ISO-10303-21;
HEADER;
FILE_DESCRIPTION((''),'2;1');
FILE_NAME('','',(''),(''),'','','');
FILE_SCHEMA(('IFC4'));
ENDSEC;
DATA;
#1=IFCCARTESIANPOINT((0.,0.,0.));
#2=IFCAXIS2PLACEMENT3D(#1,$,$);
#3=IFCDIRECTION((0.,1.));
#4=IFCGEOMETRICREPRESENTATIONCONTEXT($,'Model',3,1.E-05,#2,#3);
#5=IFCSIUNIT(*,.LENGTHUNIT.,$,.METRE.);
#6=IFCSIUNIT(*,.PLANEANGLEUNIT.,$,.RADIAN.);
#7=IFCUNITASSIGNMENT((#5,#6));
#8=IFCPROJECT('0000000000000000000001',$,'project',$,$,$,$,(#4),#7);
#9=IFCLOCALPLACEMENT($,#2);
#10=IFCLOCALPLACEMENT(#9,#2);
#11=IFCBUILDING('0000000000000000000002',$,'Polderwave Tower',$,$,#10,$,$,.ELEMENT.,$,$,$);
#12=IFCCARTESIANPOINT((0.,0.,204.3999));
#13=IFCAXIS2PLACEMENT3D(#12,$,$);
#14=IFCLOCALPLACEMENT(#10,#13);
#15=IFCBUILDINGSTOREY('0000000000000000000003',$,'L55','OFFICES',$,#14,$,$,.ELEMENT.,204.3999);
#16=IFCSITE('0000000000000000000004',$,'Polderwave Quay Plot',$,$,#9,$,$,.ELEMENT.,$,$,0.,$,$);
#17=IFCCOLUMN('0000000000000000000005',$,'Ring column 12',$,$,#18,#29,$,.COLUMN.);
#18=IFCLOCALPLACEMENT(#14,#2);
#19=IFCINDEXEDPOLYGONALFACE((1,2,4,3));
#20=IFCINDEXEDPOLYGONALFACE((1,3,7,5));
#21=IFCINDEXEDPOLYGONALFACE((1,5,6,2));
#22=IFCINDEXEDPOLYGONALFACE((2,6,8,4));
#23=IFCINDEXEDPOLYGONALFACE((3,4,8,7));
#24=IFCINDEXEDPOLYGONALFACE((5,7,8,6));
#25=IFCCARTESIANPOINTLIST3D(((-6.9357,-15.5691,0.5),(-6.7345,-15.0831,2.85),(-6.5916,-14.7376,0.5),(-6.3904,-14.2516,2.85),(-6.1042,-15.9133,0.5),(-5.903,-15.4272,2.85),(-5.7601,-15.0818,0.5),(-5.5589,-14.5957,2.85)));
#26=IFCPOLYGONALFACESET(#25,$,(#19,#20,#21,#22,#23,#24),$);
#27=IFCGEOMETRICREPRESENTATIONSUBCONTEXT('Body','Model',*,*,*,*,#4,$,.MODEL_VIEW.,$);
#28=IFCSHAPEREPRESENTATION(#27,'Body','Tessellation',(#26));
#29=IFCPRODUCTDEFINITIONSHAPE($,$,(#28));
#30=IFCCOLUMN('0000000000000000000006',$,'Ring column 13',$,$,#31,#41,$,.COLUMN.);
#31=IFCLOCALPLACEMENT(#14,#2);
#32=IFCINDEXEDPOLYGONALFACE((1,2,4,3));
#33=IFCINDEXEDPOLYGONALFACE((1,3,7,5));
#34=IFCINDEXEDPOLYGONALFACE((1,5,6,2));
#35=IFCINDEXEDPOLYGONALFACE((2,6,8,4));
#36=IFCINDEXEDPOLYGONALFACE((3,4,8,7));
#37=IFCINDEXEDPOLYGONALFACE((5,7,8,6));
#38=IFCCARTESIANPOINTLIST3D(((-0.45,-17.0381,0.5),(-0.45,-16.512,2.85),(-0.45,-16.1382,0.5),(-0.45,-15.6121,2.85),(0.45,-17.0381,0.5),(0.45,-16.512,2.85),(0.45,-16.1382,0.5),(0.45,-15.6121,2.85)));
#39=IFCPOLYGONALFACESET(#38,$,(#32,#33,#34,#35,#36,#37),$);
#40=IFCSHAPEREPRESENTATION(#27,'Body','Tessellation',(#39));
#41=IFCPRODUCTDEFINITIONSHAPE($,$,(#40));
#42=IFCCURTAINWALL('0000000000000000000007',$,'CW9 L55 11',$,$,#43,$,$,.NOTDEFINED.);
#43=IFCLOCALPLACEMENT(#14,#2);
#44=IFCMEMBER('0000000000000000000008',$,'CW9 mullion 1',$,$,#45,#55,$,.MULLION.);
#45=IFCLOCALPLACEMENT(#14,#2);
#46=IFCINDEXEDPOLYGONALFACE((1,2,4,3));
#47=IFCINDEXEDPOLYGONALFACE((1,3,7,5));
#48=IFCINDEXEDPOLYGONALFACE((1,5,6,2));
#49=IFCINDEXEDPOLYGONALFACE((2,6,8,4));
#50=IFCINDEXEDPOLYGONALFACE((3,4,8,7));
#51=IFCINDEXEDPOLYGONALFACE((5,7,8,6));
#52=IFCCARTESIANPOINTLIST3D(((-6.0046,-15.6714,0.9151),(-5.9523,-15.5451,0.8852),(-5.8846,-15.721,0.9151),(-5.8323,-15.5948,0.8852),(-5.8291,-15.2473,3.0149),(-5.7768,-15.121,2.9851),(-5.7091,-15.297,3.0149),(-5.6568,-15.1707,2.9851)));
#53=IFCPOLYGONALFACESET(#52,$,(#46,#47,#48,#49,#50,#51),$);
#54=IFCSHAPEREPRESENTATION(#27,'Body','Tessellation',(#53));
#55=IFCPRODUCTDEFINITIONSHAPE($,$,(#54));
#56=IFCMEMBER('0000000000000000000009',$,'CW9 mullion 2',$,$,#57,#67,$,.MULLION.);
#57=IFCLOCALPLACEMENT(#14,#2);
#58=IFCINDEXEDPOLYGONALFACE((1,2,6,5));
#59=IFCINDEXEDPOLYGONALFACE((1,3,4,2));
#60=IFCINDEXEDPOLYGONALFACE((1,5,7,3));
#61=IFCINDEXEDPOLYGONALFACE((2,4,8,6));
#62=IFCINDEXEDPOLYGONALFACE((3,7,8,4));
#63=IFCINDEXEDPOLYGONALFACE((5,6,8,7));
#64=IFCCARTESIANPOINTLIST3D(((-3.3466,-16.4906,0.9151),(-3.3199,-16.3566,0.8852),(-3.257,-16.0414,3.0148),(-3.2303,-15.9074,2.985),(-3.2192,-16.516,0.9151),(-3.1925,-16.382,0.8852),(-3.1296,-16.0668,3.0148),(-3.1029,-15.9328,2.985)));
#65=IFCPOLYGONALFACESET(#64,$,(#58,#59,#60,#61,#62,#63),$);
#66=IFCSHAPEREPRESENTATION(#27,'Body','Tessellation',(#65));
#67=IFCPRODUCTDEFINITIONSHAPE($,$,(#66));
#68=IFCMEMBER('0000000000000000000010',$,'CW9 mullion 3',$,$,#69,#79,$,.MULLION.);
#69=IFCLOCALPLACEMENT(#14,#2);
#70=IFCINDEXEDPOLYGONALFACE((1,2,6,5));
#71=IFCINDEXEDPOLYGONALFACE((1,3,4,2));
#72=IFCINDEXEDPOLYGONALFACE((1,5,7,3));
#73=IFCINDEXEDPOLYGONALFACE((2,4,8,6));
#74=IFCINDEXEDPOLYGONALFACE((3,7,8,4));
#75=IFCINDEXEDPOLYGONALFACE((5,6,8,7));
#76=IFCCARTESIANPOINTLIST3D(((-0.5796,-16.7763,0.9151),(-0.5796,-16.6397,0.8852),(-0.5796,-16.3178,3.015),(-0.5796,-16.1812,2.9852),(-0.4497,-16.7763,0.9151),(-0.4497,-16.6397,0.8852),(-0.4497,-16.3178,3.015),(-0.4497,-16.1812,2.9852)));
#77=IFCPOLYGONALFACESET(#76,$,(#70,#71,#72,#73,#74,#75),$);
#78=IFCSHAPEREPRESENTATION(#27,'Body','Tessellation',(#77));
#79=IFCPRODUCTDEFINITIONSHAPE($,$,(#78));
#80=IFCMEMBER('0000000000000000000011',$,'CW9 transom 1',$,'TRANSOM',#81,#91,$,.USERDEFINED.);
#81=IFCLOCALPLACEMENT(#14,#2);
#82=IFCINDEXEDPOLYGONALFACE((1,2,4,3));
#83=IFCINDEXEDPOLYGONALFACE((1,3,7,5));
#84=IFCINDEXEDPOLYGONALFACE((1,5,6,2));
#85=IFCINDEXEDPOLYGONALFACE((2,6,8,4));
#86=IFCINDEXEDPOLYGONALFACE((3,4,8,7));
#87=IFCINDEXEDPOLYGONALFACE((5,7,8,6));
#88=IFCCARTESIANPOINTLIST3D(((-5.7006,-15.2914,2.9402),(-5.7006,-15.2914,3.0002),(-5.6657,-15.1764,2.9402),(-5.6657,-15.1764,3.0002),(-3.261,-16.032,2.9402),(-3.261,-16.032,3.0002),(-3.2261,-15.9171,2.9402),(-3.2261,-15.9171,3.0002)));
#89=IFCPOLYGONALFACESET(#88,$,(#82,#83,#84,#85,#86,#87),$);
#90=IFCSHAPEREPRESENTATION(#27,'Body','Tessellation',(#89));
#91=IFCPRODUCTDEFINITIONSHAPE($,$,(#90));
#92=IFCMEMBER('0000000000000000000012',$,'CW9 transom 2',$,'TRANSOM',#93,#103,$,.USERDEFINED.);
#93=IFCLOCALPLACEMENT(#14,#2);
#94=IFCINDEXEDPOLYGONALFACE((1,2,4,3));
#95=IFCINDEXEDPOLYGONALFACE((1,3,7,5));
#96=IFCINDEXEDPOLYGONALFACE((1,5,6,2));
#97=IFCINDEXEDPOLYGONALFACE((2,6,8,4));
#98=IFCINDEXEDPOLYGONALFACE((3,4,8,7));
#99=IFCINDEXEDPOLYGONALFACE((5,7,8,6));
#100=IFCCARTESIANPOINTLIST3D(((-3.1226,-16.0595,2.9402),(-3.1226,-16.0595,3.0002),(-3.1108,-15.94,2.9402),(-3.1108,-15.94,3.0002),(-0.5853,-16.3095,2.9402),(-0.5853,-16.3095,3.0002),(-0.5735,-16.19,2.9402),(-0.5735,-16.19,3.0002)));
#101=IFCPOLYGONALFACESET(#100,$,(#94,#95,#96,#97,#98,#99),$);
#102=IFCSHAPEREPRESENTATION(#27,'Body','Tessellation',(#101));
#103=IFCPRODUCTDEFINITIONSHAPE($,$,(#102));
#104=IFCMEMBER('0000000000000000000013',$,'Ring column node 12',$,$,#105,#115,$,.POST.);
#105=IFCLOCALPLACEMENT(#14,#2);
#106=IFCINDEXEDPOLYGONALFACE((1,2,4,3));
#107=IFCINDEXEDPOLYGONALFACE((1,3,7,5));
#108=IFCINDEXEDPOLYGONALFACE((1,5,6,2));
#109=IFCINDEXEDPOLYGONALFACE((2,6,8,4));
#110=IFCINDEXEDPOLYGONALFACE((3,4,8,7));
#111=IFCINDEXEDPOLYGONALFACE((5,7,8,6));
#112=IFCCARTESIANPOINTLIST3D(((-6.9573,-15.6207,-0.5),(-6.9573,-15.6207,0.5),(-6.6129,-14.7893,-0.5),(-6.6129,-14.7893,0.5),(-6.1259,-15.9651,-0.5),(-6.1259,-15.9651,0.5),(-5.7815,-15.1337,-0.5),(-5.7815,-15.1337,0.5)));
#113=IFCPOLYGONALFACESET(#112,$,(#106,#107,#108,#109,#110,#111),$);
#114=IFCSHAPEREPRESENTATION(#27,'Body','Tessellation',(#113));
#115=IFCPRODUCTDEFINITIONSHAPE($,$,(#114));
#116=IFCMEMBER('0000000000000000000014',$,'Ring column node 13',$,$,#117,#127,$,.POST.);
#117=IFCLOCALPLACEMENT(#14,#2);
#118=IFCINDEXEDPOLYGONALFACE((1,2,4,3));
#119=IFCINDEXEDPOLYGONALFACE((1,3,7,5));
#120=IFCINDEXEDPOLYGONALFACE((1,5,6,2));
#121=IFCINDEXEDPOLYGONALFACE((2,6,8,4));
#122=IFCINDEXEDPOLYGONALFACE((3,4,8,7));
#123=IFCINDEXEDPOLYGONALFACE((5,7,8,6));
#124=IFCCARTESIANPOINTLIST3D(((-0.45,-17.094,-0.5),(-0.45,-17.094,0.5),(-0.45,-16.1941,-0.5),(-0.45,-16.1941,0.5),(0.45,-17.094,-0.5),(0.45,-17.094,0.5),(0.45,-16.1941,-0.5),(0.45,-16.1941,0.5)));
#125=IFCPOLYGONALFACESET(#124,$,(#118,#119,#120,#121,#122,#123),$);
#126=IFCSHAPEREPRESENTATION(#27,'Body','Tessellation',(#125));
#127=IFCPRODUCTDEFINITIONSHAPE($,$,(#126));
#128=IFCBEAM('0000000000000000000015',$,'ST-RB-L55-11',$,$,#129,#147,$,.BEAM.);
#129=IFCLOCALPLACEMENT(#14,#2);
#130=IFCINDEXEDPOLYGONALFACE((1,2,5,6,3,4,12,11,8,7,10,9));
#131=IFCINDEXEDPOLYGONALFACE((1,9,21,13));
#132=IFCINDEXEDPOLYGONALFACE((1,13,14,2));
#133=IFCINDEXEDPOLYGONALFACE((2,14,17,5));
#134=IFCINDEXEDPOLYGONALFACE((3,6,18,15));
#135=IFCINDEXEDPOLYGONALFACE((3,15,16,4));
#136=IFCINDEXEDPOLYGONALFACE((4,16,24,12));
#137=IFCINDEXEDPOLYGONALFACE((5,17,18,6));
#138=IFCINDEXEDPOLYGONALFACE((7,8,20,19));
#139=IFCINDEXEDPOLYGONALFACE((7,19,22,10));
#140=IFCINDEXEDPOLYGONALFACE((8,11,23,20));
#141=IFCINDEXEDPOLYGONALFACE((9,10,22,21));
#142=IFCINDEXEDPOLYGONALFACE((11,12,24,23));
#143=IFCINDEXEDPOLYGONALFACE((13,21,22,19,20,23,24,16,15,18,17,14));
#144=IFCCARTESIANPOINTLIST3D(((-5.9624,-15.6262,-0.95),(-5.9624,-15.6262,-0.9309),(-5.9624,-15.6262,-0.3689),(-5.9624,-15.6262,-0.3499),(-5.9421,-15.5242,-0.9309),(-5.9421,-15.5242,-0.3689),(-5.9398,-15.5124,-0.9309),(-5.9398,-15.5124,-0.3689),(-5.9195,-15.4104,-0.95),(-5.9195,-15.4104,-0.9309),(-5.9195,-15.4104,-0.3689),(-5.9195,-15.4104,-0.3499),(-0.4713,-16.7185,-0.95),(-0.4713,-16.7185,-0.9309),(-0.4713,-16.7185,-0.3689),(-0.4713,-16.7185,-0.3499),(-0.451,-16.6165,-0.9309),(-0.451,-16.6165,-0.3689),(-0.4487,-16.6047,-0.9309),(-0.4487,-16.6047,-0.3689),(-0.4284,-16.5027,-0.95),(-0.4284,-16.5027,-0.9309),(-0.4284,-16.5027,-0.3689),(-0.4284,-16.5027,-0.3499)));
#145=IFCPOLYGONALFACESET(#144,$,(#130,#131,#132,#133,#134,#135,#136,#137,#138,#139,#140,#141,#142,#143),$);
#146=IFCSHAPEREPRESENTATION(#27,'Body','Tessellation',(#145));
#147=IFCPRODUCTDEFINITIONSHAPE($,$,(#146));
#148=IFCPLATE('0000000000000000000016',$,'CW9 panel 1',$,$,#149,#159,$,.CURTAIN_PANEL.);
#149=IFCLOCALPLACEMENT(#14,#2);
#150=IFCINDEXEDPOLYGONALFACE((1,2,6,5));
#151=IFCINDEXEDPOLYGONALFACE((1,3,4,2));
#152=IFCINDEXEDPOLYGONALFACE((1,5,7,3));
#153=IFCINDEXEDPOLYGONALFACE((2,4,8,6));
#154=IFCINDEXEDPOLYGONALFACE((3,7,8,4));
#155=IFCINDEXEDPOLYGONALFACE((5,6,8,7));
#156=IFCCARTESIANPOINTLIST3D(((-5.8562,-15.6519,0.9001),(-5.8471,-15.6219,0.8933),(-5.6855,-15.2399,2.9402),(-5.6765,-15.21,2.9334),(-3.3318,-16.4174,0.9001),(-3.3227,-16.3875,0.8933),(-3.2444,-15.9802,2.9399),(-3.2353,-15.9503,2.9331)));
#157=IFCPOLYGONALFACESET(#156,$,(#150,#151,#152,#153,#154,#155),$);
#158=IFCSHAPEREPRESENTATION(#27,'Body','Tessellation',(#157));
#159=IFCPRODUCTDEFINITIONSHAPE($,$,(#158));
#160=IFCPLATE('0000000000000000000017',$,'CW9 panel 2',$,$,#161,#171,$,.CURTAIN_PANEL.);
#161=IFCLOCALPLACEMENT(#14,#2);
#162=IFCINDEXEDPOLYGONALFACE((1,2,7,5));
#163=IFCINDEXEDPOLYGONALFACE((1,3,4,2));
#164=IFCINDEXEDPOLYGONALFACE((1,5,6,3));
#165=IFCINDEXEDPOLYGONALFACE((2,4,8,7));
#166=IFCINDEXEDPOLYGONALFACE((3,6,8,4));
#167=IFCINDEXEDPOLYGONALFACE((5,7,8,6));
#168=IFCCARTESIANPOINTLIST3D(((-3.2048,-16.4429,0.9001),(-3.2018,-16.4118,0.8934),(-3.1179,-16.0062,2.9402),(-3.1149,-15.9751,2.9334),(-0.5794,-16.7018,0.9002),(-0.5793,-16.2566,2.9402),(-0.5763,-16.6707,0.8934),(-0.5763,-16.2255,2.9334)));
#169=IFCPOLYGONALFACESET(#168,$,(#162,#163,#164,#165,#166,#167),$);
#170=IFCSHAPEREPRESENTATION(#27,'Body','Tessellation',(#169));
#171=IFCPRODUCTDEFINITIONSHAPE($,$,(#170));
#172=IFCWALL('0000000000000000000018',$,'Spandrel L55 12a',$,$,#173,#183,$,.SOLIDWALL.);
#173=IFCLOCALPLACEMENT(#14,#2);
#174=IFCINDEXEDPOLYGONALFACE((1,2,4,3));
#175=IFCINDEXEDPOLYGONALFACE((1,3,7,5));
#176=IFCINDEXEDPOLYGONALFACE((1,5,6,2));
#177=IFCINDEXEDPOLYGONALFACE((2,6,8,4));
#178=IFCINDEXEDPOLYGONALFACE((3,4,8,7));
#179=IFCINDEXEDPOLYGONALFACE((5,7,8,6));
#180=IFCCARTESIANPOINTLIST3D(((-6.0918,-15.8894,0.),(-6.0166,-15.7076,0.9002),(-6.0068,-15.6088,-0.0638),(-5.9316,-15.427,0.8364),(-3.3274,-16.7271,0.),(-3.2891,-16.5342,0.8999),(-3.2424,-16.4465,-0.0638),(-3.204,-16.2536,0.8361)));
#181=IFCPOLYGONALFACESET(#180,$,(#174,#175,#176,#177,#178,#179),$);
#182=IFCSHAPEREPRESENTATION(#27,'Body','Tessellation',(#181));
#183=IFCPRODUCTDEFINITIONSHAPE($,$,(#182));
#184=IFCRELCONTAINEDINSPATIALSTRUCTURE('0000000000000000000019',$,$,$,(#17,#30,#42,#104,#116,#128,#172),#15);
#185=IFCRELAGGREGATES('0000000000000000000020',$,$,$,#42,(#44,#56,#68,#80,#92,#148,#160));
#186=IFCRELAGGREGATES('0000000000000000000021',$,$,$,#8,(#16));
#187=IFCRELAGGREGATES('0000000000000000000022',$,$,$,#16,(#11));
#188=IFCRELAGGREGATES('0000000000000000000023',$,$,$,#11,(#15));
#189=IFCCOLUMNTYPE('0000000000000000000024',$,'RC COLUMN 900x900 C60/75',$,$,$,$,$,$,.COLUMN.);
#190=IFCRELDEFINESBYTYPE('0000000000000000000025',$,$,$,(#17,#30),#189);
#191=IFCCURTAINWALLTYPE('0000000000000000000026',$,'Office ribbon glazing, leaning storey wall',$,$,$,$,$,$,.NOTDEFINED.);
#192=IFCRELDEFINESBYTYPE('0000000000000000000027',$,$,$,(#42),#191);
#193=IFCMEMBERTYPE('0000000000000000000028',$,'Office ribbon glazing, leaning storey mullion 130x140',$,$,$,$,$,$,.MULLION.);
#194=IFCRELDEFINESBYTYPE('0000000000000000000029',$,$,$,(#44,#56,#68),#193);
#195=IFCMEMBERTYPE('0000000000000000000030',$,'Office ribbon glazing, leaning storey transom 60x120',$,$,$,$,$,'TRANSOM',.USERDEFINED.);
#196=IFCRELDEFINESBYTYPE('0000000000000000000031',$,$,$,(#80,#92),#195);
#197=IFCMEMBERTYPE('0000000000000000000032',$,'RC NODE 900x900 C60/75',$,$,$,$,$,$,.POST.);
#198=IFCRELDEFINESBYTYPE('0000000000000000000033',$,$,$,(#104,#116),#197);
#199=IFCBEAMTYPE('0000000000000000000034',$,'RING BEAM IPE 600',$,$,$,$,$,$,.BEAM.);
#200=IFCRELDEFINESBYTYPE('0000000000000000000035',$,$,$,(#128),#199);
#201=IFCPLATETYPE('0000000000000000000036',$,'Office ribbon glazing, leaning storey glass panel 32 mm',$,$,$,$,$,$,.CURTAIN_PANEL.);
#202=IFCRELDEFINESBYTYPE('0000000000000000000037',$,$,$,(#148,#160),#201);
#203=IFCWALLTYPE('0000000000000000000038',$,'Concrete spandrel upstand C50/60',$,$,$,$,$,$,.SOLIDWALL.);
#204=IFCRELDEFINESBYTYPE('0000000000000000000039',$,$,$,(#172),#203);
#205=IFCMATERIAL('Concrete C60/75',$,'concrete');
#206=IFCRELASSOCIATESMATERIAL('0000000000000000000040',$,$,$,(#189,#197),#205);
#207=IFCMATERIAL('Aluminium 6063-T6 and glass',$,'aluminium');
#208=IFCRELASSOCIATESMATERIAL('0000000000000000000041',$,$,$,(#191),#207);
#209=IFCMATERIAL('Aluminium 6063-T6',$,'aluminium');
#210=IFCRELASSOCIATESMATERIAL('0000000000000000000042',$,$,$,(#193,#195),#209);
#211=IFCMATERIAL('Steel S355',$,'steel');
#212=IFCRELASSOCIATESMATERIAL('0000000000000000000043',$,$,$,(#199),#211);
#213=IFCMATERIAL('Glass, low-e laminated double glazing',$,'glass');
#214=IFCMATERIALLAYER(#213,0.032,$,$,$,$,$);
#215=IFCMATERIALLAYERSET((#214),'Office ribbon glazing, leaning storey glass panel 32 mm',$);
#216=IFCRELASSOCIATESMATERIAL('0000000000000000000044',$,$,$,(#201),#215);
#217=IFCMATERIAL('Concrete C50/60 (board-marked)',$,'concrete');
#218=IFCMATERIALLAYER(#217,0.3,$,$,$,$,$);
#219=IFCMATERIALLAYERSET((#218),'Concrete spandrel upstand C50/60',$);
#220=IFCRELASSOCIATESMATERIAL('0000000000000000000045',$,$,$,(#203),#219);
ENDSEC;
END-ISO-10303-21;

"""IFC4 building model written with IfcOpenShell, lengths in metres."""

from ifc_helpers import new_model, si_unit, direction, frame, origin, origin_2d, place, context, subcontext, project, spatial, polyline, rectangle, i_section, outline, extrude, material, layer, layer_set, material_profile, profile_set, type_object, element, aggregate, save


model = new_model("IFC4")

# Units and contexts
model_context = context("Model", 3, precision=1e-05, world=origin(), true_north=direction((0.0, 1.0)))
body_context = subcontext(model_context, "Body", "Model", "MODEL_VIEW")
ifc_project = project(units=[si_unit("LENGTHUNIT", "METRE"), si_unit("PLANEANGLEUNIT", "RADIAN")], contexts=[model_context])

# Site, building, storey
site_placement = place(None, origin())
site = spatial("IfcSite", under=ifc_project, at=site_placement, Name="Polderwave Quay Plot", CompositionType="ELEMENT", RefElevation=0.0)
building_placement = place(site_placement, origin())
building = spatial("IfcBuilding", under=site, at=building_placement, Name="Polderwave Tower", CompositionType="ELEMENT")
storey_placement = place(building_placement, frame((0.0, 0.0, 204.3999)))
storey = spatial("IfcBuildingStorey", under=building, at=storey_placement, Name="L55", Description="OFFICES", CompositionType="ELEMENT", Elevation=204.3999)

# Columns
ifc_material_1 = material(Name="Concrete C60/75", Category="concrete")
ifc_material_profile_1 = material_profile(ifc_material_1, rectangle(XDim=0.8999, YDim=0.8999, at=origin_2d()), Name="RC 900x900")
ifc_profile_set_1 = profile_set([ifc_material_profile_1], Name="Concrete C60/75")
column_type = type_object("IfcColumnType", Name="RC COLUMN 900x900 C60/75", PredefinedType="COLUMN", material=ifc_profile_set_1)
column_1_placement = place(storey_placement, frame((-6.3479, -15.3254, 0.5), z_axis=(0.0, 0.0, 1.0), x_axis=(-0.923994, 0.382406, 0.0)))
element("IfcColumn", 1, at=column_1_placement, inside=storey, type_object=column_type, Name="Ring column 12", PredefinedType="COLUMN", context=body_context, shape_type="SweptSolid", body=[
    extrude(rectangle(XDim=0.8999, YDim=0.8999, at=origin_2d()), origin(), (0.0, -0.218443, 0.97585), 2.4082),
])
column_2_placement = place(storey_placement, frame((0.0, -16.5881, 0.5), z_axis=(0.0, 0.0, 1.0), x_axis=(-1.0, 0.0, 0.0)))
element("IfcColumn", 2, at=column_2_placement, inside=storey, type_object=column_type, Name="Ring column 13", PredefinedType="COLUMN", context=body_context, shape_type="SweptSolid", body=[
    extrude(rectangle(XDim=0.8999, YDim=0.8999, at=origin_2d()), origin(), (0.0, -0.218465, 0.975845), 2.4082),
])

# Curtain wall, members
ifc_material_2 = material(Name="Aluminium 6063-T6 and glass", Category="aluminium")
curtain_wall_type = type_object("IfcCurtainWallType", Name="Office ribbon glazing, leaning storey wall", PredefinedType="NOTDEFINED", material=ifc_material_2)
curtain_wall_placement = place(storey_placement, origin())
curtain_wall = element("IfcCurtainWall", 3, at=curtain_wall_placement, inside=storey, type_object=curtain_wall_type, Name="CW9 L55 11", PredefinedType="NOTDEFINED")
ifc_material_3 = material(Name="Aluminium 6063-T6", Category="aluminium")
ifc_material_profile_2 = material_profile(ifc_material_3, rectangle(XDim=0.1299, YDim=0.1399, at=origin_2d()), Name="AL 130x140")
ifc_profile_set_2 = profile_set([ifc_material_profile_2], Name="Aluminium 6063-T6")
member_type_1 = type_object("IfcMemberType", Name="Office ribbon glazing, leaning storey mullion 130x140", PredefinedType="MULLION", material=ifc_profile_set_2)
member_1_placement = place(storey_placement, frame((-5.9185, -15.6331, 0.9001), z_axis=(0.081667, 0.197296, 0.976937), x_axis=(-0.923971, 0.382461, 0.0)))
member_1 = element("IfcMember", 4, at=member_1_placement, type_object=member_type_1, Name="CW9 mullion 1", PredefinedType="MULLION", context=body_context, shape_type="SweptSolid", body=[
    extrude(rectangle(XDim=0.1299, YDim=0.1399, at=origin_2d()), origin(), (0.0, 0.0, 1.0), 2.1494),
])
member_2_placement = place(storey_placement, frame((-3.2695, -16.4363, 0.9001), z_axis=(0.041689, 0.209013, 0.977024), x_axis=(-0.980683, 0.195604, 0.0)))
member_2 = element("IfcMember", 5, at=member_2_placement, type_object=member_type_1, Name="CW9 mullion 2", PredefinedType="MULLION", context=body_context, shape_type="SweptSolid", body=[
    extrude(rectangle(XDim=0.1299, YDim=0.1399, at=origin_2d()), origin(), (0.0, 0.0, 1.0), 2.1492),
])
member_3_placement = place(storey_placement, frame((-0.5146, -16.708, 0.9001), z_axis=(0.0, 0.213321, 0.976982), x_axis=(-1.0, 0.0, 0.0)))
member_3 = element("IfcMember", 6, at=member_3_placement, type_object=member_type_1, Name="CW9 mullion 3", PredefinedType="MULLION", context=body_context, shape_type="SweptSolid", body=[
    extrude(rectangle(XDim=0.1299, YDim=0.1399, at=origin_2d()), origin(), (0.0, 0.0, 1.0), 2.1494),
])
ifc_material_profile_3 = material_profile(ifc_material_3, rectangle(XDim=0.1201, YDim=0.0601, at=origin_2d()), Name="AL 60x120")
ifc_profile_set_3 = profile_set([ifc_material_profile_3], Name="Aluminium 6063-T6")
member_type_2 = type_object("IfcMemberType", Name="Office ribbon glazing, leaning storey transom 60x120", ElementType="TRANSOM", PredefinedType="USERDEFINED", material=ifc_profile_set_3)
member_4_placement = place(storey_placement, frame((-5.6831, -15.2339, 2.9702), z_axis=(0.95687, -0.290518, 0.0), x_axis=(0.290518, 0.95687, 0.0)))
member_4 = element("IfcMember", 7, at=member_4_placement, type_object=member_type_2, Name="CW9 transom 1", ObjectType="TRANSOM", PredefinedType="USERDEFINED", context=body_context, shape_type="SweptSolid", body=[
    extrude(rectangle(XDim=0.1201, YDim=0.0601, at=origin_2d()), origin(), (0.0, 0.0, 1.0), 2.5496),
])
member_5_placement = place(storey_placement, frame((-3.1167, -15.9998, 2.9702), z_axis=(0.995181, -0.098053, 0.0), x_axis=(0.098053, 0.995181, 0.0)))
member_5 = element("IfcMember", 8, at=member_5_placement, type_object=member_type_2, Name="CW9 transom 2", ObjectType="TRANSOM", PredefinedType="USERDEFINED", context=body_context, shape_type="SweptSolid", body=[
    extrude(rectangle(XDim=0.1201, YDim=0.0601, at=origin_2d()), origin(), (0.0, 0.0, 1.0), 2.5496),
])

# Members
ifc_material_profile_4 = material_profile(ifc_material_1, rectangle(XDim=0.8999, YDim=0.8999, at=origin_2d()), Name="RC 900x900")
ifc_profile_set_4 = profile_set([ifc_material_profile_4], Name="Concrete C60/75")
member_type_3 = type_object("IfcMemberType", Name="RC NODE 900x900 C60/75", PredefinedType="POST", material=ifc_profile_set_4)
for number, where, z_axis, x_axis, name in (
    (9, (-6.3694, -15.3772, -0.5), (0.0, 0.0, 1.0), (-0.382683, -0.92388, 0.0), "Ring column node 12"),
    (10, (0.0, -16.644, -0.5), (0.0, 0.0, 1.0), (0.0, -1.0, 0.0), "Ring column node 13"),
):
    element("IfcMember", number, at=place(storey_placement, frame(where, z_axis=z_axis, x_axis=x_axis)), inside=storey, type_object=member_type_3, Name=name, PredefinedType="POST", context=body_context, shape_type="SweptSolid", body=[
        extrude(rectangle(XDim=0.8999, YDim=0.8999, at=origin_2d()), origin(), (0.0, 0.0, 1.0), 1.0),
    ])

# Beam
ifc_material_4 = material(Name="Steel S355", Category="steel")
ifc_material_profile_5 = material_profile(ifc_material_4, i_section(OverallWidth=0.22, OverallDepth=0.6001, WebThickness=0.012, FlangeThickness=0.019, at=origin_2d()), Name="IPE 600")
ifc_profile_set_5 = profile_set([ifc_material_profile_5], Name="Steel S355")
beam_type = type_object("IfcBeamType", Name="RING BEAM IPE 600", PredefinedType="BEAM", material=ifc_profile_set_5)
beam_placement = place(storey_placement, frame((-5.9409, -15.5183, -0.6499), z_axis=(0.980783, -0.195101, 0.0), x_axis=(0.195101, 0.980783, 0.0)))
element("IfcBeam", 11, at=beam_placement, inside=storey, type_object=beam_type, Name="ST-RB-L55-11", PredefinedType="BEAM", context=body_context, shape_type="SweptSolid", body=[
    extrude(i_section(OverallWidth=0.22, OverallDepth=0.6001, WebThickness=0.012, FlangeThickness=0.019, at=origin_2d()), origin(), (0.0, 0.0, 1.0), 5.5986),
])

# Plates
ifc_material_5 = material(Name="Glass, low-e laminated double glazing", Category="glass")
ifc_layer_1 = layer(ifc_material_5, 0.032)
ifc_layer_set_1 = layer_set([ifc_layer_1], Name="Office ribbon glazing, leaning storey glass panel 32 mm")
plate_type = type_object("IfcPlateType", Name="Office ribbon glazing, leaning storey glass panel 32 mm", PredefinedType="CURTAIN_PANEL", material=ifc_layer_set_1)
plate_1_placement = place(storey_placement, frame((-5.8562, -15.6519, 0.9001), z_axis=(-0.283567, -0.935099, 0.212555), x_axis=(0.956966, -0.2902, -0.000008)))
plate_1 = element("IfcPlate", 12, at=plate_1_placement, type_object=plate_type, Name="CW9 panel 1", PredefinedType="CURTAIN_PANEL", context=body_context, shape_type="SweptSolid", body=[
    extrude(outline(polyline([(0.0, 0.0), (2.638, 0.0), (2.5947, 2.0875), (0.0438, 2.0877), (0.0, 0.0)])), origin(), (0.0, 0.0, -1.0), 0.032),
])
plate_2_placement = place(storey_placement, frame((-3.2048, -16.4429, 0.9001), z_axis=(-0.095908, -0.972502, 0.212232), x_axis=(0.995173, -0.098141, 0.000011)))
plate_2 = element("IfcPlate", 13, at=plate_2_placement, type_object=plate_type, Name="CW9 panel 2", PredefinedType="CURTAIN_PANEL", context=body_context, shape_type="SweptSolid", body=[
    extrude(outline(polyline([(0.0, 0.0), (2.6382, 0.0), (2.5946, 2.0876), (0.0437, 2.0876), (0.0, 0.0)])), origin(), (0.0, 0.0, -1.0), 0.032),
])
aggregate(curtain_wall, [member_1, member_2, member_3, member_4, member_5, plate_1, plate_2])

# Wall
ifc_material_6 = material(Name="Concrete C50/60 (board-marked)", Category="concrete")
ifc_layer_2 = layer(ifc_material_6, 0.3)
ifc_layer_set_2 = layer_set([ifc_layer_2], Name="Concrete spandrel upstand C50/60")
wall_type_1 = type_object("IfcWallType", Name="Concrete spandrel upstand C50/60", PredefinedType="SOLIDWALL", material=ifc_layer_set_2)
wall_1_placement = place(storey_placement, frame((-6.0918, -15.8894, 0.0), z_axis=(-0.283384, -0.935152, 0.212564), x_axis=(0.957023, -0.290011, 0.000004)))
element("IfcWall", 14, at=wall_1_placement, inside=storey, type_object=wall_type_1, Name="Spandrel L55 12a", PredefinedType="SOLIDWALL", context=body_context, shape_type="SweptSolid", body=[
    extrude(outline(polyline([(0.0, 0.0), (2.8885, 0.0), (2.8693, 0.9209), (0.0192, 0.9212), (0.0, 0.0)])), origin(), (0.0, 0.0, -1.0), 0.3),
])

save(model, "model.ifc")
